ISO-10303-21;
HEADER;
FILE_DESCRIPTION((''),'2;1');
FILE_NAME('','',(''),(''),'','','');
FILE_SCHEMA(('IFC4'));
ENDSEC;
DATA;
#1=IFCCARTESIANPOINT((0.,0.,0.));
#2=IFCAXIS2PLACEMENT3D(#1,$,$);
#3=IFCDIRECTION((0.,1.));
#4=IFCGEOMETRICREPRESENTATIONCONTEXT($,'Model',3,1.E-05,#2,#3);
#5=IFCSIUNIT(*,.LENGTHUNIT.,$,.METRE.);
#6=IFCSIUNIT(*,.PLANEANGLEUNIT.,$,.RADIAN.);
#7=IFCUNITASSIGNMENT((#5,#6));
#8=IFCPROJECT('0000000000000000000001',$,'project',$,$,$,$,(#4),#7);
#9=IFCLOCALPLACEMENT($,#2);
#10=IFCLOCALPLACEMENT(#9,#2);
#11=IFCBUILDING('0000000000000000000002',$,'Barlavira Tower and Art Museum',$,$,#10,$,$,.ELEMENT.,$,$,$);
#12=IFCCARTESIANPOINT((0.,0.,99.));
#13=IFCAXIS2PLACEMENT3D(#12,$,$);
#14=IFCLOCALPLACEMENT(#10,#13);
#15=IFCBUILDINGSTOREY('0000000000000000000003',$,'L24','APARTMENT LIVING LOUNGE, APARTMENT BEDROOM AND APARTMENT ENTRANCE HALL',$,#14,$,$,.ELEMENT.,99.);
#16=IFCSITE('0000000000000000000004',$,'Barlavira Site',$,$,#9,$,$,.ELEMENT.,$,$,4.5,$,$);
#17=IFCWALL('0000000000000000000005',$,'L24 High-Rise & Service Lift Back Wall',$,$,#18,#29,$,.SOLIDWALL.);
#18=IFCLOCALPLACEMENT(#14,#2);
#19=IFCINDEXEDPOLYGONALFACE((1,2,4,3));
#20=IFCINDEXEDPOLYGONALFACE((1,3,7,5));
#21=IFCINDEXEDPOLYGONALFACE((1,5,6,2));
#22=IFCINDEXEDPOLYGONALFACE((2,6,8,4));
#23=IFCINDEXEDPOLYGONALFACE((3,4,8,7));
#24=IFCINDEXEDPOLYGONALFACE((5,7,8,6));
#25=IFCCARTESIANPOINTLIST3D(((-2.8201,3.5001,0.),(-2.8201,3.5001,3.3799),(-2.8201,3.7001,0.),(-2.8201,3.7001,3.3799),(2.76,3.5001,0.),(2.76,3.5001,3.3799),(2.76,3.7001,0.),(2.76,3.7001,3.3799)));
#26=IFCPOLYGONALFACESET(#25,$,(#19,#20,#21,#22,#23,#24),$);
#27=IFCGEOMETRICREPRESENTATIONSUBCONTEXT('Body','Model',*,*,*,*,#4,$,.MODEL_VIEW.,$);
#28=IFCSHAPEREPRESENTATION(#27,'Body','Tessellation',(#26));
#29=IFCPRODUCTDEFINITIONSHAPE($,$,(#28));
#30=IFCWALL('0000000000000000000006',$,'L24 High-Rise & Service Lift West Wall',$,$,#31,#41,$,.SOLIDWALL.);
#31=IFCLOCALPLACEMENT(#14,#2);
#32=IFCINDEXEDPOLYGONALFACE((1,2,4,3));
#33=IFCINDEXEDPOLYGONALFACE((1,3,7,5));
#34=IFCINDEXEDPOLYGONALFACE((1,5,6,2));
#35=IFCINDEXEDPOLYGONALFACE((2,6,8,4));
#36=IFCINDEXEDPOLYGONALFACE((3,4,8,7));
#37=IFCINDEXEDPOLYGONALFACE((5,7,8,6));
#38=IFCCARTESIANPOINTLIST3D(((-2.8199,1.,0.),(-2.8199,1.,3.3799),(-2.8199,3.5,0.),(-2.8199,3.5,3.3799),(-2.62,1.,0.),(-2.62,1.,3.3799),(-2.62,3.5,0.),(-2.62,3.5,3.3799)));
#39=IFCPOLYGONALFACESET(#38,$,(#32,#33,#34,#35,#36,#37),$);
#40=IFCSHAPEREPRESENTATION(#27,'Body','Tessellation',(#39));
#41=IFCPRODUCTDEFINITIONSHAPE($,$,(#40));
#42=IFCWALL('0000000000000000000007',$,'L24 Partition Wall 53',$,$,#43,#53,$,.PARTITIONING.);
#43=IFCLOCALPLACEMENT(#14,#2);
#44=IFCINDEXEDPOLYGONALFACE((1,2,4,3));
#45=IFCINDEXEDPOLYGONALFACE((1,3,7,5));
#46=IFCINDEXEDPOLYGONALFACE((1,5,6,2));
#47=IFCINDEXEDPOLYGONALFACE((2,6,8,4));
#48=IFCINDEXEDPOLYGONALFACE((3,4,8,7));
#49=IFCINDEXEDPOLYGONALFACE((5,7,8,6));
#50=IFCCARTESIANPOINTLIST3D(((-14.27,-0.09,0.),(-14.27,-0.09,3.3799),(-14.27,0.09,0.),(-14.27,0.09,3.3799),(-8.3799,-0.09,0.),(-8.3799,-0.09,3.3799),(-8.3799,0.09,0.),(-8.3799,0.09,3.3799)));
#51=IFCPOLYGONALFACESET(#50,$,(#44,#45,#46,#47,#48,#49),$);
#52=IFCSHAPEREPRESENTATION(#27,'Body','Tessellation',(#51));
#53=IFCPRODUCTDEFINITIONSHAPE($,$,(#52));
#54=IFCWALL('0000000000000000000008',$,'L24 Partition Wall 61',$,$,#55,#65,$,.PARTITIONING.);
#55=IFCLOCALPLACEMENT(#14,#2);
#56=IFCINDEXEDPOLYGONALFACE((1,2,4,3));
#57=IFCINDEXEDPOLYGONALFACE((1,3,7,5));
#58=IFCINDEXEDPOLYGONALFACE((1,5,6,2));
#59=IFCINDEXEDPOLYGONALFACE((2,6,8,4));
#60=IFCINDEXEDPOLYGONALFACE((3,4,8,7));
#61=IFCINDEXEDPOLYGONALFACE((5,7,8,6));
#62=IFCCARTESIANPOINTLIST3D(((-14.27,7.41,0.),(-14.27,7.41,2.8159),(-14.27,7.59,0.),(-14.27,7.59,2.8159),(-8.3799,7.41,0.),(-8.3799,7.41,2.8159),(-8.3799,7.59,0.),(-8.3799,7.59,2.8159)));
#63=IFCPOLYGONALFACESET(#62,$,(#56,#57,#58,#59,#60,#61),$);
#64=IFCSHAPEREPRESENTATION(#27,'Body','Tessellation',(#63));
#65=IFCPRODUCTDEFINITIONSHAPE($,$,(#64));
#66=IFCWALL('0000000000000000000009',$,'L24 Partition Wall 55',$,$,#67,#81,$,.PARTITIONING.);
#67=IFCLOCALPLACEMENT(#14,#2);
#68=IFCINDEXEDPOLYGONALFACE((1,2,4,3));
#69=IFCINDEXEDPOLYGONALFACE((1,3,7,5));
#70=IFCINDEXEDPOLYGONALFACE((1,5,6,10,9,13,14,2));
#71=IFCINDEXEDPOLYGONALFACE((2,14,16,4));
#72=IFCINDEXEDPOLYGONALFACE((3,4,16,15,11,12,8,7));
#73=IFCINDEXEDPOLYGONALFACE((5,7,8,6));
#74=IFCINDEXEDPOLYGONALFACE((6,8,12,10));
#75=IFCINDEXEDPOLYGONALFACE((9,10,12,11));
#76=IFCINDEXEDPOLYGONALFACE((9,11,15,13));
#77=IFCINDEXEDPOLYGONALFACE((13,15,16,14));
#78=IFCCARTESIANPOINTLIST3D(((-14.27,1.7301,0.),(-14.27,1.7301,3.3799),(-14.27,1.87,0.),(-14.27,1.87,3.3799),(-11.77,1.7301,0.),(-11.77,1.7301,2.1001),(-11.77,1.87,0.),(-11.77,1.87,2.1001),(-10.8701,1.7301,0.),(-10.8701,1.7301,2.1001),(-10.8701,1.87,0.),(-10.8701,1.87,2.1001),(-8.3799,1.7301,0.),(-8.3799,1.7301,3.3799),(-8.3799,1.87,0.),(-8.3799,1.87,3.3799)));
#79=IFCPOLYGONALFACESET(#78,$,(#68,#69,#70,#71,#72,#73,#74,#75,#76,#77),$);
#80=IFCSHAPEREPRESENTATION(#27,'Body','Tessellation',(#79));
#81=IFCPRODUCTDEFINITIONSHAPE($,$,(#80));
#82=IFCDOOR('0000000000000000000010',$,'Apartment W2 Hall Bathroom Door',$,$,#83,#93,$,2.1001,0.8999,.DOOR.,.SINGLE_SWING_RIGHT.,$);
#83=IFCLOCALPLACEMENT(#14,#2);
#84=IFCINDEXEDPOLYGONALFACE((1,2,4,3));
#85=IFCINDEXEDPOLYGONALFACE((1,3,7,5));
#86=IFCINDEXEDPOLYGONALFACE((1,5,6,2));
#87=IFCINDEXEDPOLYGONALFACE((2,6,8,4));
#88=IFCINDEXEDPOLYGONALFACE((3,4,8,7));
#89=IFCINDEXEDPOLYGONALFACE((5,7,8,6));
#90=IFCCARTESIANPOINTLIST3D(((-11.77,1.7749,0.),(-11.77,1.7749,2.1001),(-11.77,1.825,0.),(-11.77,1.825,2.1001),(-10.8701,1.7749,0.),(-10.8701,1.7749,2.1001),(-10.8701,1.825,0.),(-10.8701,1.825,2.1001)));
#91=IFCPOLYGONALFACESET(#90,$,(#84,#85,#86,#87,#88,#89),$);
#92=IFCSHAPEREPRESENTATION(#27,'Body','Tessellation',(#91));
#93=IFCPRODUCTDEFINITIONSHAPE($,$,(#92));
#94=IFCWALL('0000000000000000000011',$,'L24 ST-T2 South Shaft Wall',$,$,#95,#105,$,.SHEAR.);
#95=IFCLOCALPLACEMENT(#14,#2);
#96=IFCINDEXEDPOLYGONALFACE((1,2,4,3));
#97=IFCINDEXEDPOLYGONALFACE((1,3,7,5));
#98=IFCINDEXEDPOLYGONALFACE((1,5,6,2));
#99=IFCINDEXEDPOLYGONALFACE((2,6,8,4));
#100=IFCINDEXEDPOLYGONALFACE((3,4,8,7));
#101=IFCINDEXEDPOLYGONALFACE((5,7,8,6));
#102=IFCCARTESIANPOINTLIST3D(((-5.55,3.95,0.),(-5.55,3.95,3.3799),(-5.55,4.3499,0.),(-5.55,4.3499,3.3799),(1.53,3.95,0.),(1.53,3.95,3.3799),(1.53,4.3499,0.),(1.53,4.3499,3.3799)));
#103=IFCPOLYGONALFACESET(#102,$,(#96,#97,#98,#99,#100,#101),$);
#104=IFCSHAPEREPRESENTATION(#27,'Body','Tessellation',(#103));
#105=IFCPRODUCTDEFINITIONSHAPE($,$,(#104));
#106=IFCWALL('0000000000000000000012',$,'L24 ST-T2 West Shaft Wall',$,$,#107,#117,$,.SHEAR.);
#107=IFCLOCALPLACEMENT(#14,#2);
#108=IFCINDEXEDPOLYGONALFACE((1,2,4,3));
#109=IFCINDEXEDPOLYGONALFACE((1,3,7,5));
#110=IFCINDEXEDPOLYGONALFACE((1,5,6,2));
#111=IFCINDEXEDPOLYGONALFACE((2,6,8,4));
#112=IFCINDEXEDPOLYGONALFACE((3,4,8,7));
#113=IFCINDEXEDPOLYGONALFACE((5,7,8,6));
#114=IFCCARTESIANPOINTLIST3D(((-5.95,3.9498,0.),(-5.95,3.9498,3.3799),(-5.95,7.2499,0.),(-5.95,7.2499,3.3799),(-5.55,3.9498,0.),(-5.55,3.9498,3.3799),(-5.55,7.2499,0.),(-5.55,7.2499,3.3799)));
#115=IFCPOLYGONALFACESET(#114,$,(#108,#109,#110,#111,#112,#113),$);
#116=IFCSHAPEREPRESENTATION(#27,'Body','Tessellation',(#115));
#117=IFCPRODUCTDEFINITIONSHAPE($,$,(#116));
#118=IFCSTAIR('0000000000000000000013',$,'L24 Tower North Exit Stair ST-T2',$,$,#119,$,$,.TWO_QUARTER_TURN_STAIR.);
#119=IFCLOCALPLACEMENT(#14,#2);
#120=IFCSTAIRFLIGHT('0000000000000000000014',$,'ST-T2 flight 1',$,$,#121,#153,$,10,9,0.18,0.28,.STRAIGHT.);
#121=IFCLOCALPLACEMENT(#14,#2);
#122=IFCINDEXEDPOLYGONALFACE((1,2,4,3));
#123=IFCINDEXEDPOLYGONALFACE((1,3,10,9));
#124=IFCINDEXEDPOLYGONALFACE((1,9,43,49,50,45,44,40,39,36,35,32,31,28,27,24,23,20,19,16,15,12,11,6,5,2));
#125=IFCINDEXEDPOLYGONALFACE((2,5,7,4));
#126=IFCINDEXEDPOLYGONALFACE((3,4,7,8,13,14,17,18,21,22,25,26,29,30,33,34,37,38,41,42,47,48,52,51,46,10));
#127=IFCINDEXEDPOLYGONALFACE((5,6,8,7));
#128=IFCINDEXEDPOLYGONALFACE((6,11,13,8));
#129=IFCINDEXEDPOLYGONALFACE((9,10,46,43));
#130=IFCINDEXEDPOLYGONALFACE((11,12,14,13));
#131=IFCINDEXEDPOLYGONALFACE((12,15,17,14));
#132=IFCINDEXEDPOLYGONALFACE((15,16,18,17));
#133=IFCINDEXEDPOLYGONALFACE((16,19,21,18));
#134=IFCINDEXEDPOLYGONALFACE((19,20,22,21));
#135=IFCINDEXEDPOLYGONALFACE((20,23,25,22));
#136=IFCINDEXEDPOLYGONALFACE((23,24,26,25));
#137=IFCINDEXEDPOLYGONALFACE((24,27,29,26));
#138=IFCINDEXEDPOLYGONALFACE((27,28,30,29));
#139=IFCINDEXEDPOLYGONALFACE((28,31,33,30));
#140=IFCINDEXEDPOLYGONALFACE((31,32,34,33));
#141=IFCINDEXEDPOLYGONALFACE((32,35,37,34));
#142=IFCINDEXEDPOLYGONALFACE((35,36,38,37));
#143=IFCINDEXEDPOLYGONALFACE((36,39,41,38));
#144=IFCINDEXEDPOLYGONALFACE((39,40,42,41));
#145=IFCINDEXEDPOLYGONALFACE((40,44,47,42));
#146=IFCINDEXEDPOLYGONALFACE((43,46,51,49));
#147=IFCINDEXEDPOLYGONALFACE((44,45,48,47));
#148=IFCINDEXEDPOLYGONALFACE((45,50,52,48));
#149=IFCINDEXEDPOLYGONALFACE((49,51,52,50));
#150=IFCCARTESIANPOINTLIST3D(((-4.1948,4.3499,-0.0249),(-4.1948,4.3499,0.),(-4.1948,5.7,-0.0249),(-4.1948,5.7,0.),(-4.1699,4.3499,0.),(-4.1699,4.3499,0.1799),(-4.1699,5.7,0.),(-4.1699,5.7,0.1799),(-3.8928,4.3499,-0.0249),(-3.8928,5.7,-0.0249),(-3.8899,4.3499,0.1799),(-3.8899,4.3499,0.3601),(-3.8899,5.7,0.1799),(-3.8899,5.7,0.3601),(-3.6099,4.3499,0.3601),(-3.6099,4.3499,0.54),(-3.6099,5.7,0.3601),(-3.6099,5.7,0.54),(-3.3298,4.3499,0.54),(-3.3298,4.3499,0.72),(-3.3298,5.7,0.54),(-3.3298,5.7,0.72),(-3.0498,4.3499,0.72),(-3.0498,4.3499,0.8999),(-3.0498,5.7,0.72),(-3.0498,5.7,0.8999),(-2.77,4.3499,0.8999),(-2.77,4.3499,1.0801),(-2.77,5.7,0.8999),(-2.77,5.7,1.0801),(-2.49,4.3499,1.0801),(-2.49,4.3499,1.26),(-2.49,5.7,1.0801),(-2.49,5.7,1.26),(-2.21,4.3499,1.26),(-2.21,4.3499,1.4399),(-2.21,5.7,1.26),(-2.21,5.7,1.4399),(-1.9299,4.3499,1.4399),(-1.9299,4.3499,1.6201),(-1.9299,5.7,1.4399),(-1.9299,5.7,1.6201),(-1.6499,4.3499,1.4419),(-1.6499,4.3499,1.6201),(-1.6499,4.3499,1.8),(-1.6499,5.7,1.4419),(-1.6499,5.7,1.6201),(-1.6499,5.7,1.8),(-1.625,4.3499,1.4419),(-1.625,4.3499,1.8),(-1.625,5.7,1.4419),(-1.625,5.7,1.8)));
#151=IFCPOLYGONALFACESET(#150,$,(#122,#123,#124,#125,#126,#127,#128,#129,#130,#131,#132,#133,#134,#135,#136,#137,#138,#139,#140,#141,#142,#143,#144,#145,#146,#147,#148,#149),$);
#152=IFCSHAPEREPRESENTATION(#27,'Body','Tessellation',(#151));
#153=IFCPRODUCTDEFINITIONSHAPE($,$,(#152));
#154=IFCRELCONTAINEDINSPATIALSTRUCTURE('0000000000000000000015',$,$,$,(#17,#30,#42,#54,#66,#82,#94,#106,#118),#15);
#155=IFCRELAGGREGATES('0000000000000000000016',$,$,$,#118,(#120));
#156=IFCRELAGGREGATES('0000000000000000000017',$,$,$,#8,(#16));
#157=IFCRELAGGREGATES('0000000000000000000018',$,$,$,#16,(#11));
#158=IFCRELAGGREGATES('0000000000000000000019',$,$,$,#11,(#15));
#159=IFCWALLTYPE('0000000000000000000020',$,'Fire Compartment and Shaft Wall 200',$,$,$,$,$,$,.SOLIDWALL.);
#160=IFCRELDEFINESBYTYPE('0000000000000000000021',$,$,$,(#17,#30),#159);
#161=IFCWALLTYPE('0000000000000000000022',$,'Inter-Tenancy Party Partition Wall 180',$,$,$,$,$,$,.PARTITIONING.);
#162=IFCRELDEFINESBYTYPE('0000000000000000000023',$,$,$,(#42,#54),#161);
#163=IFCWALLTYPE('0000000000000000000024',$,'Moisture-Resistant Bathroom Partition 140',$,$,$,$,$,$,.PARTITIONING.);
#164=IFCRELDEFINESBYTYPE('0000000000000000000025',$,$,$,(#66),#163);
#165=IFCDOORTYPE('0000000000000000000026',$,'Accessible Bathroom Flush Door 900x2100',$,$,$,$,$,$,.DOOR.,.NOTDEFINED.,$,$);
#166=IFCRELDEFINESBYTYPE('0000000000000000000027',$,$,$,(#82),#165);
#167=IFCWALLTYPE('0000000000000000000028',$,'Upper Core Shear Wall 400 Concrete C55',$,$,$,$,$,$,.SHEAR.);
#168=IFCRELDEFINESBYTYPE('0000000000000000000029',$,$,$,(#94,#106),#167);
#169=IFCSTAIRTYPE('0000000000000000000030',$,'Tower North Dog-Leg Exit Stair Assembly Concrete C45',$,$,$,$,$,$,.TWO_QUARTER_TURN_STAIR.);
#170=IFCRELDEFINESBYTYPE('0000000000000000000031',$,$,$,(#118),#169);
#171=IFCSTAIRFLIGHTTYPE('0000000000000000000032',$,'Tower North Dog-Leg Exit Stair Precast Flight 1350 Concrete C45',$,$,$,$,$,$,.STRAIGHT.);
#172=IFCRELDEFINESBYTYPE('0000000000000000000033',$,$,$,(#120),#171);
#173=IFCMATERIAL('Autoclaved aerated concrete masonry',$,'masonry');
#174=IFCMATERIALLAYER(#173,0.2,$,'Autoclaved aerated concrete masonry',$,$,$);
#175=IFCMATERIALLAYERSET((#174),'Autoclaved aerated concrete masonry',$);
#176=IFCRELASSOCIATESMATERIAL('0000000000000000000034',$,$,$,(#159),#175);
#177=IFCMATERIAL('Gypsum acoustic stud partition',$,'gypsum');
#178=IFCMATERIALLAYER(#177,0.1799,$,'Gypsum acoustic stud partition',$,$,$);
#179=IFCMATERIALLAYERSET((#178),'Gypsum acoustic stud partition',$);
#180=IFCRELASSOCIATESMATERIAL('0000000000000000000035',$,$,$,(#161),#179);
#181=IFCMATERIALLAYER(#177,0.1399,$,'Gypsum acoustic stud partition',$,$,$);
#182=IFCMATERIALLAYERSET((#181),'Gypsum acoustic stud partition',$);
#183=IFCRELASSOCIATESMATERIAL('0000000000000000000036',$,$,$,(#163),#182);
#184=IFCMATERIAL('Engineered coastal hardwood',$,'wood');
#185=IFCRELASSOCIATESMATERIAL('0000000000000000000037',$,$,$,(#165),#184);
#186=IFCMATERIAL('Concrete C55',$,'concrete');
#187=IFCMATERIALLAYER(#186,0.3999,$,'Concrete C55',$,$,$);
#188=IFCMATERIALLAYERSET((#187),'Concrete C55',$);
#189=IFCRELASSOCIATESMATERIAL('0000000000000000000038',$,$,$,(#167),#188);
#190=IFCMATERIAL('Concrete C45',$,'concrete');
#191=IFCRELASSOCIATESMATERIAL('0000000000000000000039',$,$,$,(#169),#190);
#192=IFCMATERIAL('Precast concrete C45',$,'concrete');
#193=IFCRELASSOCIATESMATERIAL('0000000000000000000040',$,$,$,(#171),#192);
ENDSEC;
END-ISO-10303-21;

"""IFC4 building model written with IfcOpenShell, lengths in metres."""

from ifc_helpers import new_model, si_unit, direction, frame, frame_2d, origin, place, context, subcontext, project, spatial, polyline, rectangle, outline, extrude, material, layer, layer_set, type_object, element, fill, aggregate, save


model = new_model("IFC4")

# Units and contexts
model_context = context("Model", 3, precision=1e-05, world=origin(), true_north=direction((0.0, 1.0)))
body_context = subcontext(model_context, "Body", "Model", "MODEL_VIEW")
ifc_project = project(units=[si_unit("LENGTHUNIT", "METRE"), si_unit("PLANEANGLEUNIT", "RADIAN")], contexts=[model_context])

# Site, building, storey
site_placement = place(None, origin())
site = spatial("IfcSite", under=ifc_project, at=site_placement, Name="Barlavira Site", CompositionType="ELEMENT", RefElevation=4.5)
building_placement = place(site_placement, origin())
building = spatial("IfcBuilding", under=site, at=building_placement, Name="Barlavira Tower and Art Museum", CompositionType="ELEMENT")
storey_placement = place(building_placement, frame((0.0, 0.0, 99.0)))
storey = spatial("IfcBuildingStorey", under=building, at=storey_placement, Name="L24", Description="APARTMENT LIVING LOUNGE, APARTMENT BEDROOM AND APARTMENT ENTRANCE HALL", CompositionType="ELEMENT", Elevation=99.0)

# Shared definitions
ifc_material_1 = material(Name="Gypsum acoustic stud partition", Category="gypsum")
ifc_material_2 = material(Name="Engineered coastal hardwood", Category="wood")

# Shared definitions
ifc_material_3 = material(Name="Autoclaved aerated concrete masonry", Category="masonry")
ifc_layer_1 = layer(ifc_material_3, 0.2, Name="Autoclaved aerated concrete masonry")
ifc_layer_set_1 = layer_set([ifc_layer_1], Name="Autoclaved aerated concrete masonry")
wall_type_1 = type_object("IfcWallType", Name="Fire Compartment and Shaft Wall 200", PredefinedType="SOLIDWALL", material=ifc_layer_set_1)

# Walls
wall_1_placement = place(storey_placement, frame((-2.8201, 3.6001, 0.0), z_axis=(0.0, 0.0, 1.0), x_axis=(1.0, 0.0, 0.0)))
element("IfcWall", 1, at=wall_1_placement, inside=storey, type_object=wall_type_1, Name="L24 High-Rise & Service Lift Back Wall", PredefinedType="SOLIDWALL", context=body_context, shape_type="SweptSolid", body=[
    extrude(rectangle(XDim=5.5801, YDim=0.2, at=frame_2d((2.79, 0.0))), origin(), (0.0, 0.0, 1.0), 3.3799),
])
wall_2_placement = place(storey_placement, frame((-2.72, 1.0, 0.0), z_axis=(0.0, 0.0, 1.0), x_axis=(0.0, 1.0, 0.0)))
element("IfcWall", 2, at=wall_2_placement, inside=storey, type_object=wall_type_1, Name="L24 High-Rise & Service Lift West Wall", PredefinedType="SOLIDWALL", context=body_context, shape_type="SweptSolid", body=[
    extrude(rectangle(XDim=2.5, YDim=0.2, at=frame_2d((1.25, 0.0))), origin(), (0.0, 0.0, 1.0), 3.3799),
])
ifc_layer_2 = layer(ifc_material_1, 0.1799, Name="Gypsum acoustic stud partition")
ifc_layer_set_2 = layer_set([ifc_layer_2], Name="Gypsum acoustic stud partition")
wall_type_2 = type_object("IfcWallType", Name="Inter-Tenancy Party Partition Wall 180", PredefinedType="PARTITIONING", material=ifc_layer_set_2)
wall_3_placement = place(storey_placement, frame((-14.27, 0.0, 0.0), z_axis=(0.0, 0.0, 1.0), x_axis=(1.0, 0.0, 0.0)))
element("IfcWall", 3, at=wall_3_placement, inside=storey, type_object=wall_type_2, Name="L24 Partition Wall 53", PredefinedType="PARTITIONING", context=body_context, shape_type="SweptSolid", body=[
    extrude(rectangle(XDim=5.8901, YDim=0.1799, at=frame_2d((2.9451, 0.0))), origin(), (0.0, 0.0, 1.0), 3.3799),
])
wall_4_placement = place(storey_placement, frame((-14.27, 7.5, 0.0), z_axis=(0.0, 0.0, 1.0), x_axis=(1.0, 0.0, 0.0)))
element("IfcWall", 4, at=wall_4_placement, inside=storey, type_object=wall_type_2, Name="L24 Partition Wall 61", PredefinedType="PARTITIONING", context=body_context, shape_type="SweptSolid", body=[
    extrude(rectangle(XDim=5.8901, YDim=0.1799, at=frame_2d((2.9451, 0.0))), origin(), (0.0, 0.0, 1.0), 2.8159),
])

# Wall, opening, door
ifc_layer_3 = layer(ifc_material_1, 0.1399, Name="Gypsum acoustic stud partition")
ifc_layer_set_3 = layer_set([ifc_layer_3], Name="Gypsum acoustic stud partition")
wall_type_3 = type_object("IfcWallType", Name="Moisture-Resistant Bathroom Partition 140", PredefinedType="PARTITIONING", material=ifc_layer_set_3)
wall_5_placement = place(storey_placement, frame((-14.27, 1.8, 0.0), z_axis=(0.0, 0.0, 1.0), x_axis=(1.0, 0.0, 0.0)))
wall_5 = element("IfcWall", 5, at=wall_5_placement, inside=storey, type_object=wall_type_3, Name="L24 Partition Wall 55", PredefinedType="PARTITIONING", context=body_context, shape_type="SweptSolid", body=[
    extrude(rectangle(XDim=5.8901, YDim=0.1399, at=frame_2d((2.9451, 0.0))), origin(), (0.0, 0.0, 1.0), 3.3799),
])
opening_1_placement = place(wall_5_placement, frame((2.5, 0.0, 0.0)))
opening_1 = element("IfcOpeningElement", 6, at=opening_1_placement, cuts=wall_5, PredefinedType="OPENING", context=body_context, shape_type="SweptSolid", body=[
    extrude(rectangle(XDim=0.8999, YDim=2.1001, at=frame_2d((0.45, 1.05))), frame((0.0, 0.0801, 0.0), z_axis=(0.0, -1.0, 0.0), x_axis=(1.0, 0.0, 0.0)), (0.0, 0.0, 1.0), 0.1599),
])
door_type_1 = type_object("IfcDoorType", Name="Accessible Bathroom Flush Door 900x2100", OperationType="NOTDEFINED", PredefinedType="DOOR", material=ifc_material_2)
door_1_placement = place(opening_1_placement, origin())
door_1 = element("IfcDoor", 7, at=door_1_placement, inside=storey, type_object=door_type_1, Name="Apartment W2 Hall Bathroom Door", OperationType="SINGLE_SWING_RIGHT", OverallHeight=2.1001, OverallWidth=0.8999, PredefinedType="DOOR", context=body_context, shape_type="SweptSolid", body=[
    extrude(rectangle(XDim=0.8999, YDim=2.1001, at=frame_2d((0.45, 1.05))), frame((0.0, 0.0249, 0.0), z_axis=(0.0, -1.0, 0.0), x_axis=(1.0, 0.0, 0.0)), (0.0, 0.0, 1.0), 0.05),
])
fill(opening_1, door_1)

# Walls
ifc_material_4 = material(Name="Concrete C55", Category="concrete")
ifc_layer_4 = layer(ifc_material_4, 0.3999, Name="Concrete C55")
ifc_layer_set_4 = layer_set([ifc_layer_4], Name="Concrete C55")
wall_type_4 = type_object("IfcWallType", Name="Upper Core Shear Wall 400 Concrete C55", PredefinedType="SHEAR", material=ifc_layer_set_4)
wall_6_placement = place(storey_placement, frame((-5.55, 4.1499, 0.0), z_axis=(0.0, 0.0, 1.0), x_axis=(1.0, 0.0, 0.0)))
element("IfcWall", 8, at=wall_6_placement, inside=storey, type_object=wall_type_4, Name="L24 ST-T2 South Shaft Wall", PredefinedType="SHEAR", context=body_context, shape_type="SweptSolid", body=[
    extrude(rectangle(XDim=7.0801, YDim=0.3999, at=frame_2d((3.54, 0.0))), origin(), (0.0, 0.0, 1.0), 3.3799),
])
wall_7_placement = place(storey_placement, frame((-5.75, 3.95, 0.0), z_axis=(0.0, 0.0, 1.0), x_axis=(0.0, 1.0, 0.0)))
element("IfcWall", 9, at=wall_7_placement, inside=storey, type_object=wall_type_4, Name="L24 ST-T2 West Shaft Wall", PredefinedType="SHEAR", context=body_context, shape_type="SweptSolid", body=[
    extrude(rectangle(XDim=3.3, YDim=0.3999, at=frame_2d((1.6499, 0.0))), origin(), (0.0, 0.0, 1.0), 3.3799),
])

# Stair, stair flight
ifc_material_5 = material(Name="Concrete C45", Category="concrete")
stair_type = type_object("IfcStairType", Name="Tower North Dog-Leg Exit Stair Assembly Concrete C45", PredefinedType="TWO_QUARTER_TURN_STAIR", material=ifc_material_5)
stair_placement = place(storey_placement, origin())
stair = element("IfcStair", 10, at=stair_placement, inside=storey, type_object=stair_type, Name="L24 Tower North Exit Stair ST-T2", PredefinedType="TWO_QUARTER_TURN_STAIR")
ifc_material_6 = material(Name="Precast concrete C45", Category="concrete")
stair_flight_type = type_object("IfcStairFlightType", Name="Tower North Dog-Leg Exit Stair Precast Flight 1350 Concrete C45", PredefinedType="STRAIGHT", material=ifc_material_6)
stair_flight_placement = place(storey_placement, frame((-4.1699, 5.0249, 0.0), z_axis=(0.0, 0.0, 1.0), x_axis=(1.0, 0.0, 0.0)))
stair_flight = element("IfcStairFlight", 11, at=stair_flight_placement, type_object=stair_flight_type, Name="ST-T2 flight 1", NumberOfRisers=10, NumberOfTreads=9, PredefinedType="STRAIGHT", RiserHeight=0.18, TreadLength=0.28, context=body_context, shape_type="SweptSolid", body=[
    extrude(outline(polyline([(-0.0249, 0.0), (0.0, 0.0), (0.0, 0.1799), (0.28, 0.1799), (0.28, 0.3601), (0.5601, 0.3601), (0.5601, 0.54), (0.8401, 0.54), (0.8401, 0.72), (1.1201, 0.72), (1.1201, 0.8999), (1.3999, 0.8999), (1.3999, 1.0801), (1.6799, 1.0801), (1.6799, 1.26), (1.96, 1.26), (1.96, 1.4399), (2.24, 1.4399), (2.24, 1.6201), (2.52, 1.6201), (2.52, 1.8), (2.5449, 1.8), (2.5449, 1.4419), (2.52, 1.4419), (0.2771, -0.0249), (-0.0249, -0.0249), (-0.0249, 0.0)])), frame((0.0, 0.675, 0.0), z_axis=(0.0, -1.0, 0.0), x_axis=(1.0, 0.0, 0.0)), (0.0, 0.0, 1.0), 1.3501),
])
aggregate(stair, [stair_flight])

save(model, "model.ifc")
